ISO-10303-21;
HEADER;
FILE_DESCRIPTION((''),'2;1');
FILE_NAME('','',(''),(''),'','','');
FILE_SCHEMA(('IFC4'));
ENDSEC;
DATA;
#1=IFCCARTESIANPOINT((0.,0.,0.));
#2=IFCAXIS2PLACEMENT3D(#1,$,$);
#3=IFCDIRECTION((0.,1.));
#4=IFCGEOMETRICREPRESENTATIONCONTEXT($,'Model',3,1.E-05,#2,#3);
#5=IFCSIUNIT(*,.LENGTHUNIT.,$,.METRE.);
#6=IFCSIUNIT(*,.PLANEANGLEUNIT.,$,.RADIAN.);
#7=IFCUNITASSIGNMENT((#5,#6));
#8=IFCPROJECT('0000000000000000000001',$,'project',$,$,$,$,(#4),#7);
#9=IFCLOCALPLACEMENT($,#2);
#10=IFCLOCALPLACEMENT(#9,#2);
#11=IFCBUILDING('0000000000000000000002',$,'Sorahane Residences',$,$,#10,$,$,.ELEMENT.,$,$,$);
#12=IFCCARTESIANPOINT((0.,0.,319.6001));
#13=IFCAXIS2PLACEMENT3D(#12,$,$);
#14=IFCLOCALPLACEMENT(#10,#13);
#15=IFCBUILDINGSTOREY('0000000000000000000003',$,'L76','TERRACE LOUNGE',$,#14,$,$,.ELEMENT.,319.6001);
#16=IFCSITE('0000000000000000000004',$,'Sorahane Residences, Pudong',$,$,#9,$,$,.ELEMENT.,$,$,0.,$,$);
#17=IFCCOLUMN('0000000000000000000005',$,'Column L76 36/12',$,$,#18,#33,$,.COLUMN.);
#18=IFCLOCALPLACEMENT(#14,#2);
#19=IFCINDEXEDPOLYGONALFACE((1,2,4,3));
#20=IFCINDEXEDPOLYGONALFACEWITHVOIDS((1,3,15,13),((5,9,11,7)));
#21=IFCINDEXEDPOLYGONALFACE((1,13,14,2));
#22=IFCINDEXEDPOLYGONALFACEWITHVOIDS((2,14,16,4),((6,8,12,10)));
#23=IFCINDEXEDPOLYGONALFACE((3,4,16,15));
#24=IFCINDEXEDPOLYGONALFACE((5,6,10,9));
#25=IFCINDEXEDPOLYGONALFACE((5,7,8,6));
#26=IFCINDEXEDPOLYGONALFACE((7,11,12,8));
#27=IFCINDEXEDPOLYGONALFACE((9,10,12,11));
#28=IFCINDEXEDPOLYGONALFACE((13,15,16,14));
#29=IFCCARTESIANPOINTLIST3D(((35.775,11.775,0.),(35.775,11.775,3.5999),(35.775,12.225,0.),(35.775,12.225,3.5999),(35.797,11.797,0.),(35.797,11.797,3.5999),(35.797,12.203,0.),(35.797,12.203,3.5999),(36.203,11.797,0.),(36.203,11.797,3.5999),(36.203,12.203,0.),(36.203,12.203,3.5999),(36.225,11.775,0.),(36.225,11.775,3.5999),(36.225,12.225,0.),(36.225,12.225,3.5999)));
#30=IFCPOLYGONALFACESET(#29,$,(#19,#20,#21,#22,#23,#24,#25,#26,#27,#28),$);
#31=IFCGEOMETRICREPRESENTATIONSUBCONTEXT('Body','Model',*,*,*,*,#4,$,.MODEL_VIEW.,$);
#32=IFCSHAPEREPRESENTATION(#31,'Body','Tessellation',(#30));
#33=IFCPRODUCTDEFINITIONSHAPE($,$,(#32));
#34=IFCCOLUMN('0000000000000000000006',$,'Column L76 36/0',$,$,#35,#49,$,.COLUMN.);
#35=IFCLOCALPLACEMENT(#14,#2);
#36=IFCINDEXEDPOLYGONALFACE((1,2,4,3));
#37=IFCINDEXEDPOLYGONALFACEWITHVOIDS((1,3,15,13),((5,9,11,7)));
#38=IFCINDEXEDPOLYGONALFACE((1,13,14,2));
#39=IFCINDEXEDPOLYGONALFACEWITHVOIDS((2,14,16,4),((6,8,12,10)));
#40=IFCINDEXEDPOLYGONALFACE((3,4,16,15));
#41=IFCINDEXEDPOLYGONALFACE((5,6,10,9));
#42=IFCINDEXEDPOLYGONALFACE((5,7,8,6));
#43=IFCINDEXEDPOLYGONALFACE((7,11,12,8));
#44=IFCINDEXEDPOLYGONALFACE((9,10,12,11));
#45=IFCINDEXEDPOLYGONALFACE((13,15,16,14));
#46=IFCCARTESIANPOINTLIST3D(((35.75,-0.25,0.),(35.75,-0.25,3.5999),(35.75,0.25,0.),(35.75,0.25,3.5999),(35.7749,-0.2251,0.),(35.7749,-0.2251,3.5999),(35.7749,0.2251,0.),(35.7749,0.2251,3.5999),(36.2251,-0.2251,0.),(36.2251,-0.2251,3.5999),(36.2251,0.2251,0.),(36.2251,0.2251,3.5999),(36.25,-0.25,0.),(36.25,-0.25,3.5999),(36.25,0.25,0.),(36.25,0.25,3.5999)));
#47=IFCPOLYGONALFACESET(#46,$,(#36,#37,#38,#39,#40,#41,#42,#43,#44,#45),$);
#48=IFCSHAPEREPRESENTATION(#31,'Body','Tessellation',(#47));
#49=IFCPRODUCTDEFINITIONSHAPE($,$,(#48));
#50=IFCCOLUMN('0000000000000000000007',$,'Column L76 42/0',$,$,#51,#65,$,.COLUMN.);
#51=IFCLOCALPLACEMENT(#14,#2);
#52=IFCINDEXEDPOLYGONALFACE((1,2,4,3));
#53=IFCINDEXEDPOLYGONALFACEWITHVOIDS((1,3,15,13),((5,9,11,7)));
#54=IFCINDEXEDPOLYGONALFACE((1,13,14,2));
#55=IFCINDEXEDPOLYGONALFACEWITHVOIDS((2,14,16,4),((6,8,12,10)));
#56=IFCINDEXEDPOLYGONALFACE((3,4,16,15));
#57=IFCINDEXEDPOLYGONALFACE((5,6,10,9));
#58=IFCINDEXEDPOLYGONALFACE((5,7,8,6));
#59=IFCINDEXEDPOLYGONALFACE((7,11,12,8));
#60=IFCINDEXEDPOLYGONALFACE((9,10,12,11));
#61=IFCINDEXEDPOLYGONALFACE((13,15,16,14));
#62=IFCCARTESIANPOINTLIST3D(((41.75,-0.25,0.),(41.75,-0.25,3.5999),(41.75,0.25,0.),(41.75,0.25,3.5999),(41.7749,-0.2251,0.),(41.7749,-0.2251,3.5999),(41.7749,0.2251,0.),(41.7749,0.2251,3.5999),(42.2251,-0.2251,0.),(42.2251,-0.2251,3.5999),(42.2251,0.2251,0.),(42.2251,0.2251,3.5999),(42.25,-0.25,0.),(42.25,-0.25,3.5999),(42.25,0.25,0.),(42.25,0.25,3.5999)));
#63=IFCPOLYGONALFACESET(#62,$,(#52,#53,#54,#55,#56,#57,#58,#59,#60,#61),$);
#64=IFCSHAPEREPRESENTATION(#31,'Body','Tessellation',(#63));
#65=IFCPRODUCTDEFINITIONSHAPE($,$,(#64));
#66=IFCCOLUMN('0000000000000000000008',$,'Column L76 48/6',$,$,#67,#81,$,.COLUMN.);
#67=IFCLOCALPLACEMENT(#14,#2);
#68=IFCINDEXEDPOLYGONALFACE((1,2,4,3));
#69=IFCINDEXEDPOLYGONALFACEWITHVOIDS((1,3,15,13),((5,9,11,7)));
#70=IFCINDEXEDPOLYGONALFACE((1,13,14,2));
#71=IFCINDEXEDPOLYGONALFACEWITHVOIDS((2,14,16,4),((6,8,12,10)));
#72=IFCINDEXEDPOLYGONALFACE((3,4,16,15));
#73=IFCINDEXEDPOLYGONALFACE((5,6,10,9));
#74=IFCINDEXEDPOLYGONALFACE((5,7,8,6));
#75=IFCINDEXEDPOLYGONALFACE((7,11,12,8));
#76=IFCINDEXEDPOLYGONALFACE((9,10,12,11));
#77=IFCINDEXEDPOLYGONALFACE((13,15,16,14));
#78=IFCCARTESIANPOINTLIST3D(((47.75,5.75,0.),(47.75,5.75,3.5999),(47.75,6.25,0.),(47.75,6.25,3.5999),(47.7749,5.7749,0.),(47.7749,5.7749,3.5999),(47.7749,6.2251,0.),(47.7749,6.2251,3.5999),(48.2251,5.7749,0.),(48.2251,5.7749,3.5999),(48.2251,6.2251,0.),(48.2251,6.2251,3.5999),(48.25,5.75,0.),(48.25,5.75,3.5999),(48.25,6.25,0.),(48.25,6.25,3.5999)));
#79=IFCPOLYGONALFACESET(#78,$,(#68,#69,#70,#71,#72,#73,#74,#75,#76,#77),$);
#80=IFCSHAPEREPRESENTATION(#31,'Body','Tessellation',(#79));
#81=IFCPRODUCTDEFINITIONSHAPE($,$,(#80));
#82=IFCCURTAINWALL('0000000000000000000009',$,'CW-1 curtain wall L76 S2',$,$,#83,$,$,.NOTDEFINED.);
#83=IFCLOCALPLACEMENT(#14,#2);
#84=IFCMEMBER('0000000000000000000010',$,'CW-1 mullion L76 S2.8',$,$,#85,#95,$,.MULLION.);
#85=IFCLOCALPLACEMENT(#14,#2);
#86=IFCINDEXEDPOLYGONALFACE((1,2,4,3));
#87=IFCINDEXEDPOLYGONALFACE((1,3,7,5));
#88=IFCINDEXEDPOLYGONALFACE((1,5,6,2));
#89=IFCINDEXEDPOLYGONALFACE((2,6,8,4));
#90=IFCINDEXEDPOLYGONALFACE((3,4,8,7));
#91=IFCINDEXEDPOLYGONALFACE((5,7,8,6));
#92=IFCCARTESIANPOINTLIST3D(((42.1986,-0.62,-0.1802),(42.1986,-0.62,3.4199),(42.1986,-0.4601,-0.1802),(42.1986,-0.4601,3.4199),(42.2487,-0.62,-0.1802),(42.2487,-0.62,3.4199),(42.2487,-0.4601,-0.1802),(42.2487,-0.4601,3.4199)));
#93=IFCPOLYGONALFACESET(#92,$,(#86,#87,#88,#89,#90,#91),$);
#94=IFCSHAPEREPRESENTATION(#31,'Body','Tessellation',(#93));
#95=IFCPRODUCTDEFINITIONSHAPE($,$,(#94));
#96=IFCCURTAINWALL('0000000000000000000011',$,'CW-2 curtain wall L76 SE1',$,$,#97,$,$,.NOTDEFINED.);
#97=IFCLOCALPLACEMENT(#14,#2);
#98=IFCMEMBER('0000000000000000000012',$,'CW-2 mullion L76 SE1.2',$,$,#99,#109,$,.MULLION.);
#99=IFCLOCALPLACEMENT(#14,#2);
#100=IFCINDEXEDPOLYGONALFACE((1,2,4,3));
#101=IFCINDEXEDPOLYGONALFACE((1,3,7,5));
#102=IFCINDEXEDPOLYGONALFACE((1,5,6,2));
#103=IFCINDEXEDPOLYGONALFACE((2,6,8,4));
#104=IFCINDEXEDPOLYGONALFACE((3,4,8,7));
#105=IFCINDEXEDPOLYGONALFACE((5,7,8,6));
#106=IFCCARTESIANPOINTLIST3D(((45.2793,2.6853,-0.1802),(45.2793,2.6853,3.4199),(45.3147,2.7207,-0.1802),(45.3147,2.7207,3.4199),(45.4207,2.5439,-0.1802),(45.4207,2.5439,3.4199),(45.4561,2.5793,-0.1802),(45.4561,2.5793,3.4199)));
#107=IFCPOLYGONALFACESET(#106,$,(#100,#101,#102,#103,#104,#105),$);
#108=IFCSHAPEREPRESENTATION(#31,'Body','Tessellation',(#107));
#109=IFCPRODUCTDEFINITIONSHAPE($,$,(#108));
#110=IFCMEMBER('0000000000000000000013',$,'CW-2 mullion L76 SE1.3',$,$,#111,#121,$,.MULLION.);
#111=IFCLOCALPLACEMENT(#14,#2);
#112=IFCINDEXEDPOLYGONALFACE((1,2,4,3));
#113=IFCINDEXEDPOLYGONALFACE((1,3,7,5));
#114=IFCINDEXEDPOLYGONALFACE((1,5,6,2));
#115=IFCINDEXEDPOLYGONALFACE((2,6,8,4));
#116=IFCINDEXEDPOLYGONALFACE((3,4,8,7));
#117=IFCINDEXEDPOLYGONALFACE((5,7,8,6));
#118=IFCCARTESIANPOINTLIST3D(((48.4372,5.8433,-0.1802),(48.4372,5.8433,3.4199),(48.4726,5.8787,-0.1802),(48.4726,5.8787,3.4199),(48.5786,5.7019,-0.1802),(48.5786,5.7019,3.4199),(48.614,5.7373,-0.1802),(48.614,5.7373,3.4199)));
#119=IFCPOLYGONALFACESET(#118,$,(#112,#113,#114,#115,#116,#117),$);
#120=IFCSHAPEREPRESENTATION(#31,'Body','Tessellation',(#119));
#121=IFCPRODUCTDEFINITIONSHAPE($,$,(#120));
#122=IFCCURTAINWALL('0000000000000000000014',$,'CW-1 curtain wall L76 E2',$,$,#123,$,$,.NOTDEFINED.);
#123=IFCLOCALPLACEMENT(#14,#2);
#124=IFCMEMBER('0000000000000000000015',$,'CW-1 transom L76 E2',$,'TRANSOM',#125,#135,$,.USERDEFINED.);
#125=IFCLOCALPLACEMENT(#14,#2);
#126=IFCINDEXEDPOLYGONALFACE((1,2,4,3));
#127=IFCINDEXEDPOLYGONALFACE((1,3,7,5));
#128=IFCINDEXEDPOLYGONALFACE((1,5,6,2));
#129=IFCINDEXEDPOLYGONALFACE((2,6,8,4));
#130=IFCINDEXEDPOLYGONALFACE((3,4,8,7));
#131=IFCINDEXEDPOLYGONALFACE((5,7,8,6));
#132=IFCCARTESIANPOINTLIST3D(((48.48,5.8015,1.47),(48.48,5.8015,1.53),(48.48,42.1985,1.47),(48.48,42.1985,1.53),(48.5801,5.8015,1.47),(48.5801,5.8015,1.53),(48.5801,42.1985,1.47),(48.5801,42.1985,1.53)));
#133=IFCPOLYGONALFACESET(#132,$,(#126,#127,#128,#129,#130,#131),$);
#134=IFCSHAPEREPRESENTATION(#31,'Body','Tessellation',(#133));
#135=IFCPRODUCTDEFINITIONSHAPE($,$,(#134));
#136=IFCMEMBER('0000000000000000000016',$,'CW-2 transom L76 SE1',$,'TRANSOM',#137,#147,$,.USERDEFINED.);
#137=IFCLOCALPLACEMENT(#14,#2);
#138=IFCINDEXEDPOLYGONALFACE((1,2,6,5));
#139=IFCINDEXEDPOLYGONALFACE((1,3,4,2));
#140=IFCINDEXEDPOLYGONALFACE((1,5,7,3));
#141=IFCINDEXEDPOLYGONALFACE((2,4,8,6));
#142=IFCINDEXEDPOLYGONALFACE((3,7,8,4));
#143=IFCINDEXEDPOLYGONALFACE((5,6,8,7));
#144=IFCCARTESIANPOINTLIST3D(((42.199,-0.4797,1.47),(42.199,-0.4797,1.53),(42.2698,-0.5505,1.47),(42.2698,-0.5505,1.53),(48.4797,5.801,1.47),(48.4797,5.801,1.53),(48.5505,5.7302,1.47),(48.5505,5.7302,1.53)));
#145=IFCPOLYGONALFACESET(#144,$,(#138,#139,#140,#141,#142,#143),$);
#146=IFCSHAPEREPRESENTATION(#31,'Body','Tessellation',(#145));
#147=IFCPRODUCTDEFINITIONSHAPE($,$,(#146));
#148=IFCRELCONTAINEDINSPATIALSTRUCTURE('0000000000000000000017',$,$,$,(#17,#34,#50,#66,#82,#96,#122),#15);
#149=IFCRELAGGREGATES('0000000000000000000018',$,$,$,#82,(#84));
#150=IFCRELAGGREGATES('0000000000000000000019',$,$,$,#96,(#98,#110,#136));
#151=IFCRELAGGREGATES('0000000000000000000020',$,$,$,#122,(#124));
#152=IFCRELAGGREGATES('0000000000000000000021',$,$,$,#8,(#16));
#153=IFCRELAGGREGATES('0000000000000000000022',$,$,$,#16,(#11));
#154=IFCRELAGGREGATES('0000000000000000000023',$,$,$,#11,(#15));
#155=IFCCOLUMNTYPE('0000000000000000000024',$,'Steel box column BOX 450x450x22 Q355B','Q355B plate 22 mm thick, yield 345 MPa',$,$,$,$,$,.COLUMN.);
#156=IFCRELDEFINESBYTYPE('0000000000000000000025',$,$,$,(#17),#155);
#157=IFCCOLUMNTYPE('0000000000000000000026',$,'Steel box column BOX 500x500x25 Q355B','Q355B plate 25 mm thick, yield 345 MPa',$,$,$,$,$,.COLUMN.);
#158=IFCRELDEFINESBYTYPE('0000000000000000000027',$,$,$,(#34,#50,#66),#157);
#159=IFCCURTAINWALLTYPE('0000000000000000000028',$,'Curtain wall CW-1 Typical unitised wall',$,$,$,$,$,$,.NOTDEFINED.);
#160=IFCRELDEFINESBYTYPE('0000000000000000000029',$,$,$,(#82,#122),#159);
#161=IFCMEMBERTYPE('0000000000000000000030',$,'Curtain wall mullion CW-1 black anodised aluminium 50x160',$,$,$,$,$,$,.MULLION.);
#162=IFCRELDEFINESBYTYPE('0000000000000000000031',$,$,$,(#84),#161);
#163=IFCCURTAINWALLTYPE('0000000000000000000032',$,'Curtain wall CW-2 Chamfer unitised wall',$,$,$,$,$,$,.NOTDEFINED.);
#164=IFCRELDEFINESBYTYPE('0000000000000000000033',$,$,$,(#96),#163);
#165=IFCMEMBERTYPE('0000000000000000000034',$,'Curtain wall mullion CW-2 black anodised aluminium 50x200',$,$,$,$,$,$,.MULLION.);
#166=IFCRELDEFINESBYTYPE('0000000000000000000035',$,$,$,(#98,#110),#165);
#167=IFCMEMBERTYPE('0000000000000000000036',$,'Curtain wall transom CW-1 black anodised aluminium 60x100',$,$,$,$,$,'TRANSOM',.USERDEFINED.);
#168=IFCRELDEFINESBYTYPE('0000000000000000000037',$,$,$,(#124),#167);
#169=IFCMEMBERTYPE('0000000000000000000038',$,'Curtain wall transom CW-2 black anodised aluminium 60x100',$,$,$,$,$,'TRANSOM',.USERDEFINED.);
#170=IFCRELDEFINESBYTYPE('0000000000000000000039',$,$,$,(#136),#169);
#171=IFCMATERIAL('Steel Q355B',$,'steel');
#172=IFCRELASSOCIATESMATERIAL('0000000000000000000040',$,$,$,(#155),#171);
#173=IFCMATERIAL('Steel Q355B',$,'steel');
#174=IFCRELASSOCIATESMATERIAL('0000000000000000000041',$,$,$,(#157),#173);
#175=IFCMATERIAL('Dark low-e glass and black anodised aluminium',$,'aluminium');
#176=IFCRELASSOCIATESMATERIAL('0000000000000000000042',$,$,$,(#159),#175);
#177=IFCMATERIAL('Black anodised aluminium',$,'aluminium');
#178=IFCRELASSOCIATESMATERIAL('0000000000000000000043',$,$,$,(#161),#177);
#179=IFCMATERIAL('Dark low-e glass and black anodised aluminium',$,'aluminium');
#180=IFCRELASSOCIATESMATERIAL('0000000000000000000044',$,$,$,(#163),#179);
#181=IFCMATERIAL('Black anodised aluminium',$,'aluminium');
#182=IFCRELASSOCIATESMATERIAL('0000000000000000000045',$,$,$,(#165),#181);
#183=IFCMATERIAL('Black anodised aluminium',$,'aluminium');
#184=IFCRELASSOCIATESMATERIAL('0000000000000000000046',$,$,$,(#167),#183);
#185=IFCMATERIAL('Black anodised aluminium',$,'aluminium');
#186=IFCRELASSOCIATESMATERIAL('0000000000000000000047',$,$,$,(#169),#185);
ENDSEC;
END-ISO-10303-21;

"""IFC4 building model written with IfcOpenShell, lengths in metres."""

from ifc_helpers import new_model, si_unit, direction, frame, origin, origin_2d, place, context, subcontext, project, spatial, rectangle, hollow_rectangle, extrude, material, material_profile, profile_set, type_object, element, aggregate, save


model = new_model("IFC4")

# Units and contexts
model_context = context("Model", 3, precision=1e-05, world=origin(), true_north=direction((0.0, 1.0)))
body_context = subcontext(model_context, "Body", "Model", "MODEL_VIEW")
ifc_project = project(units=[si_unit("LENGTHUNIT", "METRE"), si_unit("PLANEANGLEUNIT", "RADIAN")], contexts=[model_context])

# Site, building, storey
site_placement = place(None, origin())
site = spatial("IfcSite", under=ifc_project, at=site_placement, Name="Sorahane Residences, Pudong", CompositionType="ELEMENT", RefElevation=0.0)
building_placement = place(site_placement, origin())
building = spatial("IfcBuilding", under=site, at=building_placement, Name="Sorahane Residences", CompositionType="ELEMENT")
storey_placement = place(building_placement, frame((0.0, 0.0, 319.6001)))
storey = spatial("IfcBuildingStorey", under=building, at=storey_placement, Name="L76", Description="TERRACE LOUNGE", CompositionType="ELEMENT", Elevation=319.6001)

# Columns
ifc_material_1 = material(Name="Steel Q355B", Category="steel")
ifc_material_profile_1 = material_profile(ifc_material_1, hollow_rectangle(XDim=0.45, YDim=0.45, WallThickness=0.022, at=origin_2d()), Name="BOX 450x450x22")
ifc_profile_set_1 = profile_set([ifc_material_profile_1], Name="Steel Q355B")
column_type_1 = type_object("IfcColumnType", Name="Steel box column BOX 450x450x22 Q355B", Description="Q355B plate 22 mm thick, yield 345 MPa", PredefinedType="COLUMN", material=ifc_profile_set_1)
column_placement = place(storey_placement, frame((36.0, 12.0, 0.0), z_axis=(0.0, 0.0, 1.0), x_axis=(1.0, 0.0, 0.0)))
element("IfcColumn", 1, at=column_placement, inside=storey, type_object=column_type_1, Name="Column L76 36/12", PredefinedType="COLUMN", context=body_context, shape_type="SweptSolid", body=[
    extrude(hollow_rectangle(XDim=0.45, YDim=0.45, WallThickness=0.022, at=origin_2d()), origin(), (0.0, 0.0, 1.0), 3.5999),
])
ifc_material_2 = material(Name="Steel Q355B", Category="steel")
ifc_material_profile_2 = material_profile(ifc_material_2, hollow_rectangle(XDim=0.5, YDim=0.5, WallThickness=0.0249, at=origin_2d()), Name="BOX 500x500x25")
ifc_profile_set_2 = profile_set([ifc_material_profile_2], Name="Steel Q355B")
column_type_2 = type_object("IfcColumnType", Name="Steel box column BOX 500x500x25 Q355B", Description="Q355B plate 25 mm thick, yield 345 MPa", PredefinedType="COLUMN", material=ifc_profile_set_2)
for number, where, z_axis, x_axis, name in (
    (2, (36.0, 0.0, 0.0), (0.0, 0.0, 1.0), (1.0, 0.0, 0.0), "Column L76 36/0"),
    (3, (42.0, 0.0, 0.0), (0.0, 0.0, 1.0), (1.0, 0.0, 0.0), "Column L76 42/0"),
    (4, (48.0, 6.0, 0.0), (0.0, 0.0, 1.0), (1.0, 0.0, 0.0), "Column L76 48/6"),
):
    element("IfcColumn", number, at=place(storey_placement, frame(where, z_axis=z_axis, x_axis=x_axis)), inside=storey, type_object=column_type_2, Name=name, PredefinedType="COLUMN", context=body_context, shape_type="SweptSolid", body=[
        extrude(hollow_rectangle(XDim=0.5, YDim=0.5, WallThickness=0.0249, at=origin_2d()), origin(), (0.0, 0.0, 1.0), 3.5999),
    ])

# Curtain wall, member
ifc_material_3 = material(Name="Dark low-e glass and black anodised aluminium", Category="aluminium")
curtain_wall_type_1 = type_object("IfcCurtainWallType", Name="Curtain wall CW-1 Typical unitised wall", PredefinedType="NOTDEFINED", material=ifc_material_3)
curtain_wall_1_placement = place(storey_placement, origin())
curtain_wall_1 = element("IfcCurtainWall", 5, at=curtain_wall_1_placement, inside=storey, type_object=curtain_wall_type_1, Name="CW-1 curtain wall L76 S2", PredefinedType="NOTDEFINED")
ifc_material_4 = material(Name="Black anodised aluminium", Category="aluminium")
ifc_material_profile_3 = material_profile(ifc_material_4, rectangle(XDim=0.1599, YDim=0.05, at=origin_2d()), Name="Curtain wall mullion CW-1 black anodised aluminium 50x160")
ifc_profile_set_3 = profile_set([ifc_material_profile_3], Name="Black anodised aluminium")
member_type_1 = type_object("IfcMemberType", Name="Curtain wall mullion CW-1 black anodised aluminium 50x160", PredefinedType="MULLION", material=ifc_profile_set_3)
member_1_placement = place(storey_placement, frame((42.2236, -0.54, -0.1802), z_axis=(0.0, 0.0, 1.0), x_axis=(0.0, -1.0, 0.0)))
member_1 = element("IfcMember", 6, at=member_1_placement, type_object=member_type_1, Name="CW-1 mullion L76 S2.8", PredefinedType="MULLION", context=body_context, shape_type="SweptSolid", body=[
    extrude(rectangle(XDim=0.1599, YDim=0.05, at=origin_2d()), origin(), (0.0, 0.0, 1.0), 3.6001),
])

# Curtain wall, members
ifc_material_5 = material(Name="Dark low-e glass and black anodised aluminium", Category="aluminium")
curtain_wall_type_2 = type_object("IfcCurtainWallType", Name="Curtain wall CW-2 Chamfer unitised wall", PredefinedType="NOTDEFINED", material=ifc_material_5)
curtain_wall_2_placement = place(storey_placement, origin())
curtain_wall_2 = element("IfcCurtainWall", 7, at=curtain_wall_2_placement, inside=storey, type_object=curtain_wall_type_2, Name="CW-2 curtain wall L76 SE1", PredefinedType="NOTDEFINED")
ifc_material_6 = material(Name="Black anodised aluminium", Category="aluminium")
ifc_material_profile_4 = material_profile(ifc_material_6, rectangle(XDim=0.2, YDim=0.05, at=origin_2d()), Name="Curtain wall mullion CW-2 black anodised aluminium 50x200")
ifc_profile_set_4 = profile_set([ifc_material_profile_4], Name="Black anodised aluminium")
member_type_2 = type_object("IfcMemberType", Name="Curtain wall mullion CW-2 black anodised aluminium 50x200", PredefinedType="MULLION", material=ifc_profile_set_4)
member_2_placement = place(storey_placement, frame((45.3677, 2.6323, -0.1802), z_axis=(0.0, 0.0, 1.0), x_axis=(0.707107, -0.707107, 0.0)))
member_2 = element("IfcMember", 8, at=member_2_placement, type_object=member_type_2, Name="CW-2 mullion L76 SE1.2", PredefinedType="MULLION", context=body_context, shape_type="SweptSolid", body=[
    extrude(rectangle(XDim=0.2, YDim=0.05, at=origin_2d()), origin(), (0.0, 0.0, 1.0), 3.6001),
])
member_3_placement = place(storey_placement, frame((48.5256, 5.7903, -0.1802), z_axis=(0.0, 0.0, 1.0), x_axis=(0.707107, -0.707107, 0.0)))
member_3 = element("IfcMember", 9, at=member_3_placement, type_object=member_type_2, Name="CW-2 mullion L76 SE1.3", PredefinedType="MULLION", context=body_context, shape_type="SweptSolid", body=[
    extrude(rectangle(XDim=0.2, YDim=0.05, at=origin_2d()), origin(), (0.0, 0.0, 1.0), 3.6001),
])

# Curtain wall, member
curtain_wall_3_placement = place(storey_placement, origin())
curtain_wall_3 = element("IfcCurtainWall", 10, at=curtain_wall_3_placement, inside=storey, type_object=curtain_wall_type_1, Name="CW-1 curtain wall L76 E2", PredefinedType="NOTDEFINED")
ifc_material_7 = material(Name="Black anodised aluminium", Category="aluminium")
ifc_material_profile_5 = material_profile(ifc_material_7, rectangle(XDim=0.1001, YDim=0.0601, at=origin_2d()), Name="Curtain wall transom CW-1 black anodised aluminium 60x100")
ifc_profile_set_5 = profile_set([ifc_material_profile_5], Name="Black anodised aluminium")
member_type_3 = type_object("IfcMemberType", Name="Curtain wall transom CW-1 black anodised aluminium 60x100", ElementType="TRANSOM", PredefinedType="USERDEFINED", material=ifc_profile_set_5)
member_4_placement = place(storey_placement, frame((48.53, 5.8015, 1.5), z_axis=(0.0, 1.0, 0.0), x_axis=(-1.0, 0.0, 0.0)))
member_4 = element("IfcMember", 11, at=member_4_placement, type_object=member_type_3, Name="CW-1 transom L76 E2", ObjectType="TRANSOM", PredefinedType="USERDEFINED", context=body_context, shape_type="SweptSolid", body=[
    extrude(rectangle(XDim=0.1001, YDim=0.0601, at=origin_2d()), origin(), (0.0, 0.0, 1.0), 36.397),
])

# Member
ifc_material_8 = material(Name="Black anodised aluminium", Category="aluminium")
ifc_material_profile_6 = material_profile(ifc_material_8, rectangle(XDim=0.1001, YDim=0.0601, at=origin_2d()), Name="Curtain wall transom CW-2 black anodised aluminium 60x100")
ifc_profile_set_6 = profile_set([ifc_material_profile_6], Name="Black anodised aluminium")
member_type_4 = type_object("IfcMemberType", Name="Curtain wall transom CW-2 black anodised aluminium 60x100", ElementType="TRANSOM", PredefinedType="USERDEFINED", material=ifc_profile_set_6)
member_5_placement = place(storey_placement, frame((42.2344, -0.5151, 1.5), z_axis=(0.707107, 0.707107, 0.0), x_axis=(-0.707107, 0.707107, 0.0)))
member_5 = element("IfcMember", 12, at=member_5_placement, type_object=member_type_4, Name="CW-2 transom L76 SE1", ObjectType="TRANSOM", PredefinedType="USERDEFINED", context=body_context, shape_type="SweptSolid", body=[
    extrude(rectangle(XDim=0.1001, YDim=0.0601, at=origin_2d()), origin(), (0.0, 0.0, 1.0), 8.8823),
])

aggregate(curtain_wall_1, [member_1])
aggregate(curtain_wall_2, [member_2, member_3, member_5])
aggregate(curtain_wall_3, [member_4])

save(model, "model.ifc")
